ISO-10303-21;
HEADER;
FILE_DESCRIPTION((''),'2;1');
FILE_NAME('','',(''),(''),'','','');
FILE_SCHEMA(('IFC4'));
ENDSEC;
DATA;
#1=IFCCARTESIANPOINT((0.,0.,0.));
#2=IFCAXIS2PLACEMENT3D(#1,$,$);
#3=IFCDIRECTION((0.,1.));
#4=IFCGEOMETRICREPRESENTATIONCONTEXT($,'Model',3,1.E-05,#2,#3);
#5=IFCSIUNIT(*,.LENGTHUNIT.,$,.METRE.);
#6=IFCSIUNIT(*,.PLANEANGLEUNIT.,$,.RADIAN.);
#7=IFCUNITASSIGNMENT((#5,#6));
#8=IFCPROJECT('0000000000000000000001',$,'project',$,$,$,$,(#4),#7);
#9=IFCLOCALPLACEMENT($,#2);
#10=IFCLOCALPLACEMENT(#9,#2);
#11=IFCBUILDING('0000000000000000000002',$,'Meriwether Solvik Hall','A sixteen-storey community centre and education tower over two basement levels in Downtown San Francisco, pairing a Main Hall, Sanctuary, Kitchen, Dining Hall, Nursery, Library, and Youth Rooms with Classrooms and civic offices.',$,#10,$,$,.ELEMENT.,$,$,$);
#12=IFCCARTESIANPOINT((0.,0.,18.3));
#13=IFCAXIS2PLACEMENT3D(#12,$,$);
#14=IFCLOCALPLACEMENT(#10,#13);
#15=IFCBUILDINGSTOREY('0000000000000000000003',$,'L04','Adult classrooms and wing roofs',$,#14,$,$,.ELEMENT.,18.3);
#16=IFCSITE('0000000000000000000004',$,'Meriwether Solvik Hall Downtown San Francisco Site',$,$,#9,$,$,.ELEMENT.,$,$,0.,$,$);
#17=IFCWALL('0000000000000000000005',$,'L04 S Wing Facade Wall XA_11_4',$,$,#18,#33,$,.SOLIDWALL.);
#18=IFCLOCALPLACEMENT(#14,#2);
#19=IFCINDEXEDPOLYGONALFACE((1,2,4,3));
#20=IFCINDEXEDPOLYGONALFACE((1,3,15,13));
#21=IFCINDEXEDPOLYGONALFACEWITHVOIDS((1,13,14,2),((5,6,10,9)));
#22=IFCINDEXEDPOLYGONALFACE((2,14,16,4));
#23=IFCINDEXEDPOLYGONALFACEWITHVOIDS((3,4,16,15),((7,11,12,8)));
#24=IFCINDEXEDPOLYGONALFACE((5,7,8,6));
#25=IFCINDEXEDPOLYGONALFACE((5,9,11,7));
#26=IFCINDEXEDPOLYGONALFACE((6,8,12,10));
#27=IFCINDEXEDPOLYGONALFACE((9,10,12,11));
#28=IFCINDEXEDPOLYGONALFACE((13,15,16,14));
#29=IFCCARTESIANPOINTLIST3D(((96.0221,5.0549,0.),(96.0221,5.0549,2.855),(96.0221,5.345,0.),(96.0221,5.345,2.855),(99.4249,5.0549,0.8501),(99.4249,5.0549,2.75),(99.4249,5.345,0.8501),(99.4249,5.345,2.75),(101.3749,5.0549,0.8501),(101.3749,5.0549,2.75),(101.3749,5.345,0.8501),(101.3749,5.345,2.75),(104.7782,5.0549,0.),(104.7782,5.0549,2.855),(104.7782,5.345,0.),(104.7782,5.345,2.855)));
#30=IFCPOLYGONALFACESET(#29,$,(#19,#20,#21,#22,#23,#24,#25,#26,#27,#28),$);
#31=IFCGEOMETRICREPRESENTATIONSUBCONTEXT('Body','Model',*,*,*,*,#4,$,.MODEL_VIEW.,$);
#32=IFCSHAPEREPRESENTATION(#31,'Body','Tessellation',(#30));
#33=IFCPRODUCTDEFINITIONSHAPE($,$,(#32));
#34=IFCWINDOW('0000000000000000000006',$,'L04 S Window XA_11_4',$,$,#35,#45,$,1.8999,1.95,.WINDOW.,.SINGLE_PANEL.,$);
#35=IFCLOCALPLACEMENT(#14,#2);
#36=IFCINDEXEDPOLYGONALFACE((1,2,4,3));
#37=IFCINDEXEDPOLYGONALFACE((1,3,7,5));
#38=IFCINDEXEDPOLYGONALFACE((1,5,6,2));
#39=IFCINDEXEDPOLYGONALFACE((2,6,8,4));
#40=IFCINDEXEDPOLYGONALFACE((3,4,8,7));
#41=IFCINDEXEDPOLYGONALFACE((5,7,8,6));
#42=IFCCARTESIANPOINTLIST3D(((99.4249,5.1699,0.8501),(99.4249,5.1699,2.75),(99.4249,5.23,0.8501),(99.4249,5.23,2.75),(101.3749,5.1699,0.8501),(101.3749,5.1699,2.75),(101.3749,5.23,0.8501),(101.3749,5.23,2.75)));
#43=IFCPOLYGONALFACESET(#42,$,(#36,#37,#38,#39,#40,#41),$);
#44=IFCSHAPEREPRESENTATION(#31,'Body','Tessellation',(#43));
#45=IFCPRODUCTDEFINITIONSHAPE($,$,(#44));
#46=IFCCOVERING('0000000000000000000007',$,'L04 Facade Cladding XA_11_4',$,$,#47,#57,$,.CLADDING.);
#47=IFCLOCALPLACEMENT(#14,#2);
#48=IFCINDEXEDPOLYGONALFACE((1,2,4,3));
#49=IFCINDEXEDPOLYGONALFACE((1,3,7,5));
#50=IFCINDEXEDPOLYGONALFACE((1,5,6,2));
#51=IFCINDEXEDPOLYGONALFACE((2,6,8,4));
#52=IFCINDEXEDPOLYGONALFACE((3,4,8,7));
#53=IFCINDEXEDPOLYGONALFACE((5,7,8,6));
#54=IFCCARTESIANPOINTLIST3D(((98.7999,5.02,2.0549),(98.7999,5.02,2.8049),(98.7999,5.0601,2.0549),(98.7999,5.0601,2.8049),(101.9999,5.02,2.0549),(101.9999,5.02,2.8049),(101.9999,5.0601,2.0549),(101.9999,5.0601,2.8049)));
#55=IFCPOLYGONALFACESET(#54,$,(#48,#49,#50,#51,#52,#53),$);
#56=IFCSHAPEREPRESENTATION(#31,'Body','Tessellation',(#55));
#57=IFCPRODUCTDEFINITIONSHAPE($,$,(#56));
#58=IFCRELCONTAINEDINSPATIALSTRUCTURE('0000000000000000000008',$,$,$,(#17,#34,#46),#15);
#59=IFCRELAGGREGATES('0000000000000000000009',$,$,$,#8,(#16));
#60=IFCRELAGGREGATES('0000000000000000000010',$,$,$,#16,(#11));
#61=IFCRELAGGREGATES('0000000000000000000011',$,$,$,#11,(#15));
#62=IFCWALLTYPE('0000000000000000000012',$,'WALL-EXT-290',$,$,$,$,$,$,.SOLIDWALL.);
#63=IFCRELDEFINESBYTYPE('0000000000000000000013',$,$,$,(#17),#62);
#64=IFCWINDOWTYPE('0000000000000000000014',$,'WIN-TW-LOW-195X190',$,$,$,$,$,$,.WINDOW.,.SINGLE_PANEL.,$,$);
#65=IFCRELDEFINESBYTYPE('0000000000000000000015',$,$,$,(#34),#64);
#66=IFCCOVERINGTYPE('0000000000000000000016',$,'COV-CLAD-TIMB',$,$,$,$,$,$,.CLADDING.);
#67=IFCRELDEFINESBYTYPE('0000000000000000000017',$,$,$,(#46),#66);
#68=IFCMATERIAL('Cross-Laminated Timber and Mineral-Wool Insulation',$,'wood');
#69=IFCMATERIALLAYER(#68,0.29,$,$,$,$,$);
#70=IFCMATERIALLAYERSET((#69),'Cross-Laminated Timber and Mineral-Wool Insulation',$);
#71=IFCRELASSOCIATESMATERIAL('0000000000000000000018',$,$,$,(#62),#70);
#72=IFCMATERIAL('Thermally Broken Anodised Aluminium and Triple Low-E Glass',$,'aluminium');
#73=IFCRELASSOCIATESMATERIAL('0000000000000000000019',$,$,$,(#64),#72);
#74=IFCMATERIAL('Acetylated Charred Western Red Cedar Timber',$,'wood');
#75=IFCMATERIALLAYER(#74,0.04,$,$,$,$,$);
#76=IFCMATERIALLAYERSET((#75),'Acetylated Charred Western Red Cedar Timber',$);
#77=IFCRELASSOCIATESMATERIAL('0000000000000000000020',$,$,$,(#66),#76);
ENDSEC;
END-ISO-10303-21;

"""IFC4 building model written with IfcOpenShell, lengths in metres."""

from ifc_helpers import new_model, si_unit, direction, frame, frame_2d, origin, origin_2d, place, context, subcontext, project, spatial, rectangle, extrude, material, layer, layer_set, type_object, element, fill, save


model = new_model("IFC4")

# Units and contexts
model_context = context("Model", 3, precision=1e-05, world=origin(), true_north=direction((0.0, 1.0)))
body_context = subcontext(model_context, "Body", "Model", "MODEL_VIEW")
ifc_project = project(units=[si_unit("LENGTHUNIT", "METRE"), si_unit("PLANEANGLEUNIT", "RADIAN")], contexts=[model_context])

# Site, building, storey
site_placement = place(None, origin())
site = spatial("IfcSite", under=ifc_project, at=site_placement, Name="Meriwether Solvik Hall Downtown San Francisco Site", CompositionType="ELEMENT", RefElevation=0.0)
building_placement = place(site_placement, origin())
building = spatial("IfcBuilding", under=site, at=building_placement, Name="Meriwether Solvik Hall", Description="A sixteen-storey community centre and education tower over two basement levels in Downtown San Francisco, pairing a Main Hall, Sanctuary, Kitchen, Dining Hall, Nursery, Library, and Youth Rooms with Classrooms and civic offices.", CompositionType="ELEMENT")
storey_placement = place(building_placement, frame((0.0, 0.0, 18.3)))
storey = spatial("IfcBuildingStorey", under=building, at=storey_placement, Name="L04", Description="Adult classrooms and wing roofs", CompositionType="ELEMENT", Elevation=18.3)

# Wall, opening, window
ifc_material_1 = material(Name="Cross-Laminated Timber and Mineral-Wool Insulation", Category="wood")
ifc_layer_1 = layer(ifc_material_1, 0.29)
ifc_layer_set_1 = layer_set([ifc_layer_1], Name="Cross-Laminated Timber and Mineral-Wool Insulation")
wall_type = type_object("IfcWallType", Name="WALL-EXT-290", PredefinedType="SOLIDWALL", material=ifc_layer_set_1)
wall_placement = place(storey_placement, frame((104.7781, 5.2, 0.0), z_axis=(0.0, 0.0, 1.0), x_axis=(-1.0, 0.0, 0.0)))
wall = element("IfcWall", 1, at=wall_placement, inside=storey, type_object=wall_type, Name="L04 S Wing Facade Wall XA_11_4", PredefinedType="SOLIDWALL", context=body_context, shape_type="SweptSolid", body=[
    extrude(rectangle(XDim=8.7561, YDim=0.29, at=frame_2d((4.3779, 0.0))), origin(), (0.0, 0.0, 1.0), 2.855),
])
opening_placement = place(wall_placement, frame((3.4031, 0.0, 0.8501)))
opening = element("IfcOpeningElement", 2, at=opening_placement, cuts=wall, PredefinedType="OPENING", context=body_context, shape_type="SweptSolid", body=[
    extrude(rectangle(XDim=1.95, YDim=1.8999, at=frame_2d((0.9751, 0.95))), frame((0.0, 0.157, 0.0), z_axis=(0.0, -1.0, 0.0), x_axis=(1.0, 0.0, 0.0)), (0.0, 0.0, 1.0), 0.314),
])
ifc_material_2 = material(Name="Thermally Broken Anodised Aluminium and Triple Low-E Glass", Category="aluminium")
window_type = type_object("IfcWindowType", Name="WIN-TW-LOW-195X190", PartitioningType="SINGLE_PANEL", PredefinedType="WINDOW", material=ifc_material_2)
window_placement = place(opening_placement, origin())
window = element("IfcWindow", 3, at=window_placement, inside=storey, type_object=window_type, Name="L04 S Window XA_11_4", OverallHeight=1.8999, OverallWidth=1.95, PartitioningType="SINGLE_PANEL", PredefinedType="WINDOW", context=body_context, shape_type="SweptSolid", body=[
    extrude(rectangle(XDim=1.95, YDim=1.8999, at=frame_2d((0.9751, 0.95))), frame((0.0, 0.03, 0.0), z_axis=(0.0, -1.0, 0.0), x_axis=(1.0, 0.0, 0.0)), (0.0, 0.0, 1.0), 0.0601),
])
fill(opening, window)

# Covering
ifc_material_3 = material(Name="Acetylated Charred Western Red Cedar Timber", Category="wood")
ifc_layer_2 = layer(ifc_material_3, 0.04)
ifc_layer_set_2 = layer_set([ifc_layer_2], Name="Acetylated Charred Western Red Cedar Timber")
covering_type = type_object("IfcCoveringType", Name="COV-CLAD-TIMB", PredefinedType="CLADDING", material=ifc_layer_set_2)
covering_placement = place(storey_placement, frame((100.3999, 5.04, 2.0549), z_axis=(0.0, 0.0, 1.0), x_axis=(-1.0, 0.0, 0.0)))
element("IfcCovering", 4, at=covering_placement, inside=storey, type_object=covering_type, Name="L04 Facade Cladding XA_11_4", PredefinedType="CLADDING", context=body_context, shape_type="SweptSolid", body=[
    extrude(rectangle(XDim=3.2, YDim=0.04, at=origin_2d()), origin(), (0.0, 0.0, 1.0), 0.75),
])

save(model, "model.ifc")
